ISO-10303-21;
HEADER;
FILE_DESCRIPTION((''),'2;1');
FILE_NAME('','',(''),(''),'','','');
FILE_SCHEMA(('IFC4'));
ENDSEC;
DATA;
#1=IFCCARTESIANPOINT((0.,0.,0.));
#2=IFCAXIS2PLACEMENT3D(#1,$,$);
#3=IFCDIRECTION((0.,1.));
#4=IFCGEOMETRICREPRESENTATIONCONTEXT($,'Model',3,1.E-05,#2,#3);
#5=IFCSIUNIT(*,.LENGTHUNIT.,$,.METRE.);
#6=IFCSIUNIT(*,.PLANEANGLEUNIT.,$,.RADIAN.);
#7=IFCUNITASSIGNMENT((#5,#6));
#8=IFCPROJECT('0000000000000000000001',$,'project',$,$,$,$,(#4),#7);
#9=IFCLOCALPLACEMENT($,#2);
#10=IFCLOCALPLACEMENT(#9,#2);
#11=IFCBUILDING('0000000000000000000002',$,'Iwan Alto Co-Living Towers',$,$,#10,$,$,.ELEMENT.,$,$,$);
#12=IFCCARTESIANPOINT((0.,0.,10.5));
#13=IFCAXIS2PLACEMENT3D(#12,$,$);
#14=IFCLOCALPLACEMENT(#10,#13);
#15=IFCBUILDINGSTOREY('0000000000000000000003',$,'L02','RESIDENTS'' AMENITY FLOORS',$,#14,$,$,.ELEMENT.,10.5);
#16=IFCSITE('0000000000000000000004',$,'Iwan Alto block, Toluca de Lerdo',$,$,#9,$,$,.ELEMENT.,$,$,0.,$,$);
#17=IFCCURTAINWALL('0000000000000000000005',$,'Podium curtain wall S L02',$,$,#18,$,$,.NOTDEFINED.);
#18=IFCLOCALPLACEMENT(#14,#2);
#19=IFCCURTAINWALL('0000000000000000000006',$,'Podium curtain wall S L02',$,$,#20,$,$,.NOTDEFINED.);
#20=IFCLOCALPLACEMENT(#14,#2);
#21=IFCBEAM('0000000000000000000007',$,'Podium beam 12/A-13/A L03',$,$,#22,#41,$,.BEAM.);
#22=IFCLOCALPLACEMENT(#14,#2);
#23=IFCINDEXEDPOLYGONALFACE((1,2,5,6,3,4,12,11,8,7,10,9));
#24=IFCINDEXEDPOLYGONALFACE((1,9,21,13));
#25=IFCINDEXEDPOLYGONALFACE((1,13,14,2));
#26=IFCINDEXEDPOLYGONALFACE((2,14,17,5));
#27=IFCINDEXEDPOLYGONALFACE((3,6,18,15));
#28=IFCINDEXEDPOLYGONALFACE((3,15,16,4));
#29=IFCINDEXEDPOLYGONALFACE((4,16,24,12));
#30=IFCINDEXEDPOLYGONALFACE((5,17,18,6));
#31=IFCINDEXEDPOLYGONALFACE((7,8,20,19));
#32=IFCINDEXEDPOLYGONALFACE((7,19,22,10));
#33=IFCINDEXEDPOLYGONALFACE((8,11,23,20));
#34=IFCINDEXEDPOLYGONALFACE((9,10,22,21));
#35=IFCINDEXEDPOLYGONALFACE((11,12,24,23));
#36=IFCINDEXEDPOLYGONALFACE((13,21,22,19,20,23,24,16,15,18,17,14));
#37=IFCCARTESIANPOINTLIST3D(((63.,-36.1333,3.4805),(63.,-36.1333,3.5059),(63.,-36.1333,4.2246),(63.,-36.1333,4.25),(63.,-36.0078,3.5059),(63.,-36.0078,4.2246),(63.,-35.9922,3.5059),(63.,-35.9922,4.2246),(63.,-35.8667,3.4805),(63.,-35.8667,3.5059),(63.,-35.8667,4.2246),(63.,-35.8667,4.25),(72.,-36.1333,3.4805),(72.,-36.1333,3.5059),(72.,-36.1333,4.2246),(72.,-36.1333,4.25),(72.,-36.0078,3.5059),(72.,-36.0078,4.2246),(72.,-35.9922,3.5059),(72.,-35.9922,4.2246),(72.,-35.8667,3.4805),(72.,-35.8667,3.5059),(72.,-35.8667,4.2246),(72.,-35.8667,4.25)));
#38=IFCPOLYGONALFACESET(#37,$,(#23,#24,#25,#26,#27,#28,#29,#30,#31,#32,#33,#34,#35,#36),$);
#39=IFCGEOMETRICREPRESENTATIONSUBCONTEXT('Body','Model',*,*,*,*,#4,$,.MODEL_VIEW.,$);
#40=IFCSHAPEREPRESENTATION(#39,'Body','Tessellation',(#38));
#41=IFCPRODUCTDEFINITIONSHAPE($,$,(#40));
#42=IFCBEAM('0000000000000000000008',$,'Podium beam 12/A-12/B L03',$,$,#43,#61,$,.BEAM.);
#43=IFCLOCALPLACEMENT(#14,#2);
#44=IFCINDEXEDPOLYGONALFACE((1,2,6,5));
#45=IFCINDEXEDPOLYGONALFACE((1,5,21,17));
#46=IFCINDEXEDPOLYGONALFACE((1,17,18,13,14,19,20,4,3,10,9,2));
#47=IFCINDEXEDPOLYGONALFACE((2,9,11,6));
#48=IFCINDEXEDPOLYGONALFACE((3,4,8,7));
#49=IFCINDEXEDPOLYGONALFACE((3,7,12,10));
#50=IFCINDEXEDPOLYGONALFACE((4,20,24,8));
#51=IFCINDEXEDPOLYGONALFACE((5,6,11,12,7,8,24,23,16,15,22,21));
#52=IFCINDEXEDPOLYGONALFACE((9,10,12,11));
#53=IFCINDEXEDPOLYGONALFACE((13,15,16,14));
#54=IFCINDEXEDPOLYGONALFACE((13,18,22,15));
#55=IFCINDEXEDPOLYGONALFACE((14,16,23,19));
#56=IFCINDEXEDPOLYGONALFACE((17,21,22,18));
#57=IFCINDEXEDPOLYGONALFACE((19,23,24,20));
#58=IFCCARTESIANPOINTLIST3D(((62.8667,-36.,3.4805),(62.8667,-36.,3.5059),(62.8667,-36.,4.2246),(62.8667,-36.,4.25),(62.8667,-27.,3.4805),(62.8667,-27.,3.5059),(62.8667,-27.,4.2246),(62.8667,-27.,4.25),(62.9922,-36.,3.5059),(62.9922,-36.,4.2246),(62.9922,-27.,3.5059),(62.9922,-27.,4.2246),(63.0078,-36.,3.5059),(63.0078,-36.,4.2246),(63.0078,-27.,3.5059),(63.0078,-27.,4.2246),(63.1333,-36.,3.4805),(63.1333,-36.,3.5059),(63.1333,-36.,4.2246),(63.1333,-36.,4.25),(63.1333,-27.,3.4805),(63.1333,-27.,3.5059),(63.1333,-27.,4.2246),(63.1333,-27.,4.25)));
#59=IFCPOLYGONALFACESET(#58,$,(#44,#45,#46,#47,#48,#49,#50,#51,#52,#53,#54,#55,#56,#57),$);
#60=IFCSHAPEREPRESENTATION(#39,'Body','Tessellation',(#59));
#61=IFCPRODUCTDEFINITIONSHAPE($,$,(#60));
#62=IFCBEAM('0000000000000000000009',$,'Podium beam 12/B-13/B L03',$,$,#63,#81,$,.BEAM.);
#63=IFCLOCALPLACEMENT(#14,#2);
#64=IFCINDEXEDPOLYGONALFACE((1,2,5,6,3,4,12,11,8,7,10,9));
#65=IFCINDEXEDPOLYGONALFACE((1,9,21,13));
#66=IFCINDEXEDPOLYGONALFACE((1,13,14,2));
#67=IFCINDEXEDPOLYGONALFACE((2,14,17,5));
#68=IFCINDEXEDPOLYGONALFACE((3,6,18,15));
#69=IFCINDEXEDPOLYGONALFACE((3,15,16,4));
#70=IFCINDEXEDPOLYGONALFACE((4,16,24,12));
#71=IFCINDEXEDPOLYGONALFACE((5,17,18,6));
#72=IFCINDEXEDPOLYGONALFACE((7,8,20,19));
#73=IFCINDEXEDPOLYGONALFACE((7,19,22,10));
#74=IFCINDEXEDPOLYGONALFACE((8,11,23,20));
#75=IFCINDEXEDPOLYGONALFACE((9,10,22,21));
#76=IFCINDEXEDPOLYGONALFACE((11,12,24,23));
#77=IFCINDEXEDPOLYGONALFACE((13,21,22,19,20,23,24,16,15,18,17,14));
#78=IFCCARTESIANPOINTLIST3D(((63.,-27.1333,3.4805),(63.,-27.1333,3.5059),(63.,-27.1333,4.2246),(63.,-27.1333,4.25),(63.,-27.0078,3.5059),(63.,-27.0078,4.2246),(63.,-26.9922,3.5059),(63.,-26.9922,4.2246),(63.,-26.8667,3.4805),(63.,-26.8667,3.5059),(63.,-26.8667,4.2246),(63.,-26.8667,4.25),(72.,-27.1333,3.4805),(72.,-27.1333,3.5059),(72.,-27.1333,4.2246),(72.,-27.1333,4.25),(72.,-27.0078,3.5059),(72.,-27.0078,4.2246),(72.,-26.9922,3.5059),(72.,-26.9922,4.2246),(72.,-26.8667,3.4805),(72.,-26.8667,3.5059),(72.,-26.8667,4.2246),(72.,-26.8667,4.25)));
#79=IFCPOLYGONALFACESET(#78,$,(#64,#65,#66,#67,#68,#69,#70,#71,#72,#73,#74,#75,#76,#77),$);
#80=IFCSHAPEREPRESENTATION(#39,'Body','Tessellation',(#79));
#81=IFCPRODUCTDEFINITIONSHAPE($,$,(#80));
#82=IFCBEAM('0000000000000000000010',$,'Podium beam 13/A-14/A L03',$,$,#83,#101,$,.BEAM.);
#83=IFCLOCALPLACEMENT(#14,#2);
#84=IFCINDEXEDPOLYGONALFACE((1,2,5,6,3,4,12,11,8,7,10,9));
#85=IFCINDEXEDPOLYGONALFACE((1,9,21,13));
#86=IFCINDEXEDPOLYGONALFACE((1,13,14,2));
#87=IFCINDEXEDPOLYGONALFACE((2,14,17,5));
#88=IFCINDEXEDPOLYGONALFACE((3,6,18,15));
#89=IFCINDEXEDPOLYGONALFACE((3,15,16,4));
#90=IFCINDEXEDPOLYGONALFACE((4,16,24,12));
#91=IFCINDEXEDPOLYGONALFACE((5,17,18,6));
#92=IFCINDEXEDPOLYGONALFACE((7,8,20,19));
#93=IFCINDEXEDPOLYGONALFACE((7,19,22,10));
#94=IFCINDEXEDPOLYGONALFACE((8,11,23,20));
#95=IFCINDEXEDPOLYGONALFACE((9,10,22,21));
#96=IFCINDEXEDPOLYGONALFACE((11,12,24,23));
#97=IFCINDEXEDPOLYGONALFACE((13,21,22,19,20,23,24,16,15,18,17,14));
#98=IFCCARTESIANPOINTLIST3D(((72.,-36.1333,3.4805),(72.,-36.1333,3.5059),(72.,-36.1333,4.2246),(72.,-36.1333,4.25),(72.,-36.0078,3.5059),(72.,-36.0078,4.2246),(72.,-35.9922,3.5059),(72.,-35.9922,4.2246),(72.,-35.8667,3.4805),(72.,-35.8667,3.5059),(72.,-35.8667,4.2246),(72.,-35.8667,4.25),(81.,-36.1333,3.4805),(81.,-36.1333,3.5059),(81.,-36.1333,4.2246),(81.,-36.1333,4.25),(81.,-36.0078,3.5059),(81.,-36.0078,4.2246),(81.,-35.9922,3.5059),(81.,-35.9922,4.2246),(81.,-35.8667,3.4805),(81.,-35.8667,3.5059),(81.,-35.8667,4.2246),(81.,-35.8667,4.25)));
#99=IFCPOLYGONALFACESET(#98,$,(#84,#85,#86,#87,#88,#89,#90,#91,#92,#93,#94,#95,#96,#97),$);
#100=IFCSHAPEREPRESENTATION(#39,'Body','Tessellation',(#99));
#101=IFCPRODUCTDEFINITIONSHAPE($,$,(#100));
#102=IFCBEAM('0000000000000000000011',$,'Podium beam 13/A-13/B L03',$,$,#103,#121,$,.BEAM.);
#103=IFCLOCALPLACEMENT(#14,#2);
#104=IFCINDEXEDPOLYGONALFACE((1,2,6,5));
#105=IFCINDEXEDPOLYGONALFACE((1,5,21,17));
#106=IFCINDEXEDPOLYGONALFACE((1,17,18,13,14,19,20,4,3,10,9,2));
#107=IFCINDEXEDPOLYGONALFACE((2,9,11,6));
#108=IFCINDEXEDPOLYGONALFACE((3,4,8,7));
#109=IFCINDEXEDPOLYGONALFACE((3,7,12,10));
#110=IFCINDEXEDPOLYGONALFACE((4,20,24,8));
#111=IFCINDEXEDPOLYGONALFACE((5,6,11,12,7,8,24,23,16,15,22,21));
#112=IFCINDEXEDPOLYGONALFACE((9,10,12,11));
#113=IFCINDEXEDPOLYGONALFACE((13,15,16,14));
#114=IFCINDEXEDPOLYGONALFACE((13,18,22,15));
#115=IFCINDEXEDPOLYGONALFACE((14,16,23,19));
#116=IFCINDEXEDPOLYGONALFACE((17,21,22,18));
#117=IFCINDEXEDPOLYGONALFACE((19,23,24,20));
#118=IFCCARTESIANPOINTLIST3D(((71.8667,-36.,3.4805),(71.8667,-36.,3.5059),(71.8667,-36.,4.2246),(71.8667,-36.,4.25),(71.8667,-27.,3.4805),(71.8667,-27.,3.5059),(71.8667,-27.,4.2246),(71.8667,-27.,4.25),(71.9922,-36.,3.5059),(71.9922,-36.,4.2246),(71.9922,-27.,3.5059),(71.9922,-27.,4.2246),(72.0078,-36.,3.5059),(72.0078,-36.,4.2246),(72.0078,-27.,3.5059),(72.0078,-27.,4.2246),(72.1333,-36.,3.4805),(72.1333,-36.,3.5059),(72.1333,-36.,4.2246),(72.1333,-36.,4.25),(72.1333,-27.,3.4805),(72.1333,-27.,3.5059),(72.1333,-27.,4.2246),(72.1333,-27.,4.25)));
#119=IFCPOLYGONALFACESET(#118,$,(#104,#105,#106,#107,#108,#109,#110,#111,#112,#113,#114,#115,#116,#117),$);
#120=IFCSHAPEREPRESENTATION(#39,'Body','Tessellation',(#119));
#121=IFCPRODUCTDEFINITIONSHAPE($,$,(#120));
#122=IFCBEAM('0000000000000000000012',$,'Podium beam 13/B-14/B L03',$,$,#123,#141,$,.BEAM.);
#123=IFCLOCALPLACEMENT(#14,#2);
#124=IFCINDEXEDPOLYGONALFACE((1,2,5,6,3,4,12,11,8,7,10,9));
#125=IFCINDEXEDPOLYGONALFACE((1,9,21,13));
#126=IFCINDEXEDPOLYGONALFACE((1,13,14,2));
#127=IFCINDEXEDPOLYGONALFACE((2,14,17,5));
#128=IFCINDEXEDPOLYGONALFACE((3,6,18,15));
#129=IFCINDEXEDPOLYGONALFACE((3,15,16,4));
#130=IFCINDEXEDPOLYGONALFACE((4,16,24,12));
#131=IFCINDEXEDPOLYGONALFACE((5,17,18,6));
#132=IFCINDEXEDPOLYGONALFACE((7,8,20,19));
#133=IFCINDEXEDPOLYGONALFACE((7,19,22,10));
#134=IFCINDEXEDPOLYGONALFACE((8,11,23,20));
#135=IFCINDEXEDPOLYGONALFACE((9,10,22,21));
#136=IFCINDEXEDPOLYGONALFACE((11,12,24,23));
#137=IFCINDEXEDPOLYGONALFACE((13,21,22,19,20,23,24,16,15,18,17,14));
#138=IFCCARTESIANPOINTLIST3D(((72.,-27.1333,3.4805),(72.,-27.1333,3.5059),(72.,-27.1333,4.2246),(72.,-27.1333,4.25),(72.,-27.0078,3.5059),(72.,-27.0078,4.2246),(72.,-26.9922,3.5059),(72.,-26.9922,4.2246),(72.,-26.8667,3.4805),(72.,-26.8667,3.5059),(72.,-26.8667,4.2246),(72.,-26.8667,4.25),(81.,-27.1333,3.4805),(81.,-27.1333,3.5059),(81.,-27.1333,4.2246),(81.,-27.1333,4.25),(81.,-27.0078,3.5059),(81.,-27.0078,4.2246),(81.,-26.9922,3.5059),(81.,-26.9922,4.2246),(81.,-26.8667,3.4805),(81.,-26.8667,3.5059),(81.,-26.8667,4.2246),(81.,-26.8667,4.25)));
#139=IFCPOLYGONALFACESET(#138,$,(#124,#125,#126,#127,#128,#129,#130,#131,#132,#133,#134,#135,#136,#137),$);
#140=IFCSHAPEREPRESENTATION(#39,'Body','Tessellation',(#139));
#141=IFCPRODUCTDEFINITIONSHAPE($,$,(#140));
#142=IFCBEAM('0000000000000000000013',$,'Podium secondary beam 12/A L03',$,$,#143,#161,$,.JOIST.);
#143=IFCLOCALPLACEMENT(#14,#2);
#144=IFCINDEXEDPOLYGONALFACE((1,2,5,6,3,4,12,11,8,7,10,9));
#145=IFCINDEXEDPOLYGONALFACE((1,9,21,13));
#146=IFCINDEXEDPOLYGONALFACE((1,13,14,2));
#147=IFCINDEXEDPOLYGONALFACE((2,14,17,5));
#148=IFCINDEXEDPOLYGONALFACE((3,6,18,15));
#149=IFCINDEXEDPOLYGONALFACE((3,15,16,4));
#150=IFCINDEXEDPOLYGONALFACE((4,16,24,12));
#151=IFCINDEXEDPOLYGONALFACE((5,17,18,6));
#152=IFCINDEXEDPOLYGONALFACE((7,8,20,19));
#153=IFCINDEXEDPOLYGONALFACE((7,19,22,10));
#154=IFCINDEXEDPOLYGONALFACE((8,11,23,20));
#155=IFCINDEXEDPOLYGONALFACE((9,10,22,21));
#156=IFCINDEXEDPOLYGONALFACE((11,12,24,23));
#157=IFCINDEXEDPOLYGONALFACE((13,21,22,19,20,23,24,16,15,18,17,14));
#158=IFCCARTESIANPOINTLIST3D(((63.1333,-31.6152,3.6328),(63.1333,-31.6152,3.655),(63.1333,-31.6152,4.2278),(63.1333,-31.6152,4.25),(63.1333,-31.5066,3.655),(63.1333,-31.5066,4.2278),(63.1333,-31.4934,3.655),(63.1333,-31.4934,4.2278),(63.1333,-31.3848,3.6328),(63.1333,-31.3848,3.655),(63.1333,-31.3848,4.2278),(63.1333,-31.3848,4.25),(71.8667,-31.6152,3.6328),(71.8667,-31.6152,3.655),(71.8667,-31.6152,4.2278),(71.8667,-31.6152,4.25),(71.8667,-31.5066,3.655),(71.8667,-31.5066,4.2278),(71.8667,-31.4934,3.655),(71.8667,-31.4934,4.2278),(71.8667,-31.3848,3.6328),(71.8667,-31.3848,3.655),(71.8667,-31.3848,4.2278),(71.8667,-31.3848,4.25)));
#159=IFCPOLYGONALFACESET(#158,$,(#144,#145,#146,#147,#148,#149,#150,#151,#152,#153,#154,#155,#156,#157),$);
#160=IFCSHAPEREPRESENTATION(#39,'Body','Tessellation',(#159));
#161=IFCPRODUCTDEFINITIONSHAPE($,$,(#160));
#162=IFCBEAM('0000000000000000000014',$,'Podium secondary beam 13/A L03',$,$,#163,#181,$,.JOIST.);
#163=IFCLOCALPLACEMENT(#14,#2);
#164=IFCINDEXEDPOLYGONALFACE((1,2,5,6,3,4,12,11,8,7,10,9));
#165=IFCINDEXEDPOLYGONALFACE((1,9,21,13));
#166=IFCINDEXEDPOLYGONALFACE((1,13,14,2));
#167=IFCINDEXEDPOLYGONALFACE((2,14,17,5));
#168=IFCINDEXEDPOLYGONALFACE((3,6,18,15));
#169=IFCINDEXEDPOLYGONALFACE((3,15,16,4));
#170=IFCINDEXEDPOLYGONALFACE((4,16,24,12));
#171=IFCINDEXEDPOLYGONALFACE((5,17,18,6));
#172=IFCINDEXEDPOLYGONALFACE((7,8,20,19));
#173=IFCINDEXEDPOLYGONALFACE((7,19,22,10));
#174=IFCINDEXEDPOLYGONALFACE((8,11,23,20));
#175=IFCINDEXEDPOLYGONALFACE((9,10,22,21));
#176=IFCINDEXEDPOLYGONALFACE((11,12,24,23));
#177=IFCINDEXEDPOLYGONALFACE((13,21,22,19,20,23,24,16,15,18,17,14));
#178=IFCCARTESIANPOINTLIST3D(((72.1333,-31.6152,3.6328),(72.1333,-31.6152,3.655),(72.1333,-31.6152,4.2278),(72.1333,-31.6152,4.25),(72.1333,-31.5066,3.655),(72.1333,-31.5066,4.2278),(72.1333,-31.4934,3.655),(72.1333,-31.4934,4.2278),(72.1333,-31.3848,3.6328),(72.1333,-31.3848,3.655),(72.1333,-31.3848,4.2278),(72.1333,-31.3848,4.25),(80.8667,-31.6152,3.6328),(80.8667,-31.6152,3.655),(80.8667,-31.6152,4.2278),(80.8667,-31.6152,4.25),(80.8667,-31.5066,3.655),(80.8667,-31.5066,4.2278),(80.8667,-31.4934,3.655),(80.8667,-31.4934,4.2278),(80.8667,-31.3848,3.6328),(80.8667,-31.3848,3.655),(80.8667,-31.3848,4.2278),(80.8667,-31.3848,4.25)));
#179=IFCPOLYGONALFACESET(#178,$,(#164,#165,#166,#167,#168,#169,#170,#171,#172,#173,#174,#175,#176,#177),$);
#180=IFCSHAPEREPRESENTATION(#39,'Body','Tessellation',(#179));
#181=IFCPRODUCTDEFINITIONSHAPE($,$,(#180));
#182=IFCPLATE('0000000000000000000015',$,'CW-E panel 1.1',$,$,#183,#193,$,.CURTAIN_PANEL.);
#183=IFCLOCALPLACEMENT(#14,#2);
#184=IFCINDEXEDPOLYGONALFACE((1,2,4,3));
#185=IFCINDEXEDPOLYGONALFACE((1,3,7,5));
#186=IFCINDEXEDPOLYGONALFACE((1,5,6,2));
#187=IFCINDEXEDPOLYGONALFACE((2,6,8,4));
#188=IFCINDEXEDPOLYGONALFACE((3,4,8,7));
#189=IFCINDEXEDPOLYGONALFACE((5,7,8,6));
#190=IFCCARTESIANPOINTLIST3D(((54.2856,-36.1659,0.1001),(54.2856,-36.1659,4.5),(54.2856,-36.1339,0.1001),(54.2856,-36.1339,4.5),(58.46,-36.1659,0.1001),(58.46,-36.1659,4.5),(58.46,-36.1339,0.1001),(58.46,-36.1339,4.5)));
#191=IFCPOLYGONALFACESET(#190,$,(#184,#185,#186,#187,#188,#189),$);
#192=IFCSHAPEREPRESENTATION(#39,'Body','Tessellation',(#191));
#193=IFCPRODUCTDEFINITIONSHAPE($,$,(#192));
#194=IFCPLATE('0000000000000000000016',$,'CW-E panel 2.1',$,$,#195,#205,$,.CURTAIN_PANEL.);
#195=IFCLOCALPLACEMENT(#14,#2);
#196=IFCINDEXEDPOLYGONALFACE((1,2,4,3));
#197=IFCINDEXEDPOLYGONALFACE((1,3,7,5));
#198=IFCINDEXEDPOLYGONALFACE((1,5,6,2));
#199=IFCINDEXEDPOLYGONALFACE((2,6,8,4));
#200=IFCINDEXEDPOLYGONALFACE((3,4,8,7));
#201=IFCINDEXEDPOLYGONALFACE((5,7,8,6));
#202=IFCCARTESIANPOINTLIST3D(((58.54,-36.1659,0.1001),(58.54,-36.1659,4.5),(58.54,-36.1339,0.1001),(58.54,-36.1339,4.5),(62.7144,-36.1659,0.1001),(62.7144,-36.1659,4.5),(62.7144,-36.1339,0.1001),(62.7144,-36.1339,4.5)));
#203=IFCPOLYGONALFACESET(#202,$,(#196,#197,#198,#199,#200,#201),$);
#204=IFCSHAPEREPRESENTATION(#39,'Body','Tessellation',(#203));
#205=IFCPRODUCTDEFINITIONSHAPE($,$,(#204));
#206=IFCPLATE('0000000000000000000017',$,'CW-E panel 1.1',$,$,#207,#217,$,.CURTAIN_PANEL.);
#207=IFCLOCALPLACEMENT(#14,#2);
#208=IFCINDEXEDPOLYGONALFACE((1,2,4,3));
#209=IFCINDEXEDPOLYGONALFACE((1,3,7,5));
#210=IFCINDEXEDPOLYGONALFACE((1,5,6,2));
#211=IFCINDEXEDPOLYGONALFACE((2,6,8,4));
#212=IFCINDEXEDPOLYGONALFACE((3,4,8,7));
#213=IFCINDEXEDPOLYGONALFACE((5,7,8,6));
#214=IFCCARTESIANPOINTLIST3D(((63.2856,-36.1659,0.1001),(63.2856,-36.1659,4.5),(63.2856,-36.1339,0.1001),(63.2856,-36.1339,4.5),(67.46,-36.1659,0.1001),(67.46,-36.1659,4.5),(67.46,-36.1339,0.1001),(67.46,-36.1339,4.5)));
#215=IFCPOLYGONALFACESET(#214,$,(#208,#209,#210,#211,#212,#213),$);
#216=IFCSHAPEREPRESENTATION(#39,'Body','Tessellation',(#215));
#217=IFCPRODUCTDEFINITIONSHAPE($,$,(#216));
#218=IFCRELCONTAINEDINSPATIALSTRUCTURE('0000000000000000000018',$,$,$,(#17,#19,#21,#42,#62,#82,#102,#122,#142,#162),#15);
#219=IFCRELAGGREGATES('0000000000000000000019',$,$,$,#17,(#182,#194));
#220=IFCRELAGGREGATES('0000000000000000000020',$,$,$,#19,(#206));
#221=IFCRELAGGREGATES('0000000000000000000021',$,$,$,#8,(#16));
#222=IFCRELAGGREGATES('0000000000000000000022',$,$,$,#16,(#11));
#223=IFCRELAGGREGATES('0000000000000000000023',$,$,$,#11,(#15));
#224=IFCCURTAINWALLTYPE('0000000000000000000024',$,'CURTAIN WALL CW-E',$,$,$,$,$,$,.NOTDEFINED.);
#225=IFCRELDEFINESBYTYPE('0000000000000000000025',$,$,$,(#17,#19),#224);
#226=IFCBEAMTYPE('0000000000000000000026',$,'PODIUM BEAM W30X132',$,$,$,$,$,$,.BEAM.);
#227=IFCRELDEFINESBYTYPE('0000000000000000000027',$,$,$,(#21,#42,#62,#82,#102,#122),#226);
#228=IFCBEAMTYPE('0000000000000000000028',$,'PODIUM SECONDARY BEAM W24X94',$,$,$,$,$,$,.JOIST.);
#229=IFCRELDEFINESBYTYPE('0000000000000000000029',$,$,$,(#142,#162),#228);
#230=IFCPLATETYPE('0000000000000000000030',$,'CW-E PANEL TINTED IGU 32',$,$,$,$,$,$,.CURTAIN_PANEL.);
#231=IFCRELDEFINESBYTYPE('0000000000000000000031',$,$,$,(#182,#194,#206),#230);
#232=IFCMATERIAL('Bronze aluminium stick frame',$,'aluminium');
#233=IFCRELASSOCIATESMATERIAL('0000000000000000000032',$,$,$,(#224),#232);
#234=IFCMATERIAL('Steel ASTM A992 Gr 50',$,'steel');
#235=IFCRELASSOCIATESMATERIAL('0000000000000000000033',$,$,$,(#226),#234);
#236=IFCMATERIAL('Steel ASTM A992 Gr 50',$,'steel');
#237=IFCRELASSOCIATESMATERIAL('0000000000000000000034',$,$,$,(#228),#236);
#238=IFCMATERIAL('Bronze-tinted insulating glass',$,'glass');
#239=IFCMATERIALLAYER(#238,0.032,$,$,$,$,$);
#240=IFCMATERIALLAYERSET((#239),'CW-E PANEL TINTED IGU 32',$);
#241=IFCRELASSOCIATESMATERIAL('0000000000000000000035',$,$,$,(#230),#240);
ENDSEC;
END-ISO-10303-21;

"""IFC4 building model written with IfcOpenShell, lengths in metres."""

from ifc_helpers import new_model, si_unit, direction, frame, origin, origin_2d, place, context, subcontext, project, spatial, rectangle, i_section, extrude, material, layer, layer_set, material_profile, profile_set, type_object, element, aggregate, save


model = new_model("IFC4")

# Units and contexts
model_context = context("Model", 3, precision=1e-05, world=origin(), true_north=direction((0.0, 1.0)))
body_context = subcontext(model_context, "Body", "Model", "MODEL_VIEW")
ifc_project = project(units=[si_unit("LENGTHUNIT", "METRE"), si_unit("PLANEANGLEUNIT", "RADIAN")], contexts=[model_context])

# Site, building, storey
site_placement = place(None, origin())
site = spatial("IfcSite", under=ifc_project, at=site_placement, Name="Iwan Alto block, Toluca de Lerdo", CompositionType="ELEMENT", RefElevation=0.0)
building_placement = place(site_placement, origin())
building = spatial("IfcBuilding", under=site, at=building_placement, Name="Iwan Alto Co-Living Towers", CompositionType="ELEMENT")
storey_placement = place(building_placement, frame((0.0, 0.0, 10.5)))
storey = spatial("IfcBuildingStorey", under=building, at=storey_placement, Name="L02", Description="RESIDENTS' AMENITY FLOORS", CompositionType="ELEMENT", Elevation=10.5)

# Curtain walls
ifc_material_1 = material(Name="Bronze aluminium stick frame", Category="aluminium")
curtain_wall_type = type_object("IfcCurtainWallType", Name="CURTAIN WALL CW-E", PredefinedType="NOTDEFINED", material=ifc_material_1)
curtain_wall_1_placement = place(storey_placement, origin())
curtain_wall_1 = element("IfcCurtainWall", 1, at=curtain_wall_1_placement, inside=storey, type_object=curtain_wall_type, Name="Podium curtain wall S L02", PredefinedType="NOTDEFINED")
curtain_wall_2_placement = place(storey_placement, origin())
curtain_wall_2 = element("IfcCurtainWall", 2, at=curtain_wall_2_placement, inside=storey, type_object=curtain_wall_type, Name="Podium curtain wall S L02", PredefinedType="NOTDEFINED")

# Beams
ifc_material_2 = material(Name="Steel ASTM A992 Gr 50", Category="steel")
ifc_material_profile_1 = material_profile(ifc_material_2, i_section(OverallWidth=0.2666, OverallDepth=0.7695, WebThickness=0.0156, FlangeThickness=0.0254, at=origin_2d()), Name="W30X132")
ifc_profile_set_1 = profile_set([ifc_material_profile_1], Name="Steel ASTM A992 Gr 50")
beam_type_1 = type_object("IfcBeamType", Name="PODIUM BEAM W30X132", PredefinedType="BEAM", material=ifc_profile_set_1)
for number, where, z_axis, x_axis, name in (
    (3, (63.0, -36.0, 3.8652), (1.0, 0.0, 0.0), (0.0, 1.0, 0.0), "Podium beam 12/A-13/A L03"),
    (4, (63.0, -36.0, 3.8652), (0.0, 1.0, 0.0), (-1.0, 0.0, 0.0), "Podium beam 12/A-12/B L03"),
    (5, (63.0, -27.0, 3.8652), (1.0, 0.0, 0.0), (0.0, 1.0, 0.0), "Podium beam 12/B-13/B L03"),
    (6, (72.0, -36.0, 3.8652), (1.0, 0.0, 0.0), (0.0, 1.0, 0.0), "Podium beam 13/A-14/A L03"),
    (7, (72.0, -36.0, 3.8652), (0.0, 1.0, 0.0), (-1.0, 0.0, 0.0), "Podium beam 13/A-13/B L03"),
    (8, (72.0, -27.0, 3.8652), (1.0, 0.0, 0.0), (0.0, 1.0, 0.0), "Podium beam 13/B-14/B L03"),
):
    element("IfcBeam", number, at=place(storey_placement, frame(where, z_axis=z_axis, x_axis=x_axis)), inside=storey, type_object=beam_type_1, Name=name, PredefinedType="BEAM", context=body_context, shape_type="SweptSolid", body=[
        extrude(i_section(OverallWidth=0.2666, OverallDepth=0.7695, WebThickness=0.0156, FlangeThickness=0.0254, at=origin_2d()), origin(), (0.0, 0.0, 1.0), 9.0),
    ])
ifc_material_3 = material(Name="Steel ASTM A992 Gr 50", Category="steel")
ifc_material_profile_2 = material_profile(ifc_material_3, i_section(OverallWidth=0.2305, OverallDepth=0.6172, WebThickness=0.0132, FlangeThickness=0.0222, at=origin_2d()), Name="W24X94")
ifc_profile_set_2 = profile_set([ifc_material_profile_2], Name="Steel ASTM A992 Gr 50")
beam_type_2 = type_object("IfcBeamType", Name="PODIUM SECONDARY BEAM W24X94", PredefinedType="JOIST", material=ifc_profile_set_2)
for number, where, z_axis, x_axis, name in (
    (9, (63.1333, -31.5, 3.9414), (1.0, 0.0, 0.0), (0.0, 1.0, 0.0), "Podium secondary beam 12/A L03"),
    (10, (72.1333, -31.5, 3.9414), (1.0, 0.0, 0.0), (0.0, 1.0, 0.0), "Podium secondary beam 13/A L03"),
):
    element("IfcBeam", number, at=place(storey_placement, frame(where, z_axis=z_axis, x_axis=x_axis)), inside=storey, type_object=beam_type_2, Name=name, PredefinedType="JOIST", context=body_context, shape_type="SweptSolid", body=[
        extrude(i_section(OverallWidth=0.2305, OverallDepth=0.6172, WebThickness=0.0132, FlangeThickness=0.0222, at=origin_2d()), origin(), (0.0, 0.0, 1.0), 8.7334),
    ])

# Plates
ifc_material_4 = material(Name="Bronze-tinted insulating glass", Category="glass")
ifc_layer_1 = layer(ifc_material_4, 0.032)
ifc_layer_set_1 = layer_set([ifc_layer_1], Name="CW-E PANEL TINTED IGU 32")
plate_type = type_object("IfcPlateType", Name="CW-E PANEL TINTED IGU 32", PredefinedType="CURTAIN_PANEL", material=ifc_layer_set_1)
plate_1_placement = place(storey_placement, frame((56.3728, -36.1499, 0.1001), z_axis=(0.0, 0.0, 1.0), x_axis=(1.0, 0.0, 0.0)))
plate_1 = element("IfcPlate", 11, at=plate_1_placement, type_object=plate_type, Name="CW-E panel 1.1", PredefinedType="CURTAIN_PANEL", context=body_context, shape_type="SweptSolid", body=[
    extrude(rectangle(XDim=4.1743, YDim=0.032, at=origin_2d()), origin(), (0.0, 0.0, 1.0), 4.3999),
])
plate_2_placement = place(storey_placement, frame((60.6272, -36.1499, 0.1001), z_axis=(0.0, 0.0, 1.0), x_axis=(1.0, 0.0, 0.0)))
plate_2 = element("IfcPlate", 12, at=plate_2_placement, type_object=plate_type, Name="CW-E panel 2.1", PredefinedType="CURTAIN_PANEL", context=body_context, shape_type="SweptSolid", body=[
    extrude(rectangle(XDim=4.1743, YDim=0.032, at=origin_2d()), origin(), (0.0, 0.0, 1.0), 4.3999),
])
aggregate(curtain_wall_1, [plate_1, plate_2])
plate_3_placement = place(storey_placement, frame((65.3728, -36.1499, 0.1001), z_axis=(0.0, 0.0, 1.0), x_axis=(1.0, 0.0, 0.0)))
plate_3 = element("IfcPlate", 13, at=plate_3_placement, type_object=plate_type, Name="CW-E panel 1.1", PredefinedType="CURTAIN_PANEL", context=body_context, shape_type="SweptSolid", body=[
    extrude(rectangle(XDim=4.1743, YDim=0.032, at=origin_2d()), origin(), (0.0, 0.0, 1.0), 4.3999),
])
aggregate(curtain_wall_2, [plate_3])

save(model, "model.ifc")
